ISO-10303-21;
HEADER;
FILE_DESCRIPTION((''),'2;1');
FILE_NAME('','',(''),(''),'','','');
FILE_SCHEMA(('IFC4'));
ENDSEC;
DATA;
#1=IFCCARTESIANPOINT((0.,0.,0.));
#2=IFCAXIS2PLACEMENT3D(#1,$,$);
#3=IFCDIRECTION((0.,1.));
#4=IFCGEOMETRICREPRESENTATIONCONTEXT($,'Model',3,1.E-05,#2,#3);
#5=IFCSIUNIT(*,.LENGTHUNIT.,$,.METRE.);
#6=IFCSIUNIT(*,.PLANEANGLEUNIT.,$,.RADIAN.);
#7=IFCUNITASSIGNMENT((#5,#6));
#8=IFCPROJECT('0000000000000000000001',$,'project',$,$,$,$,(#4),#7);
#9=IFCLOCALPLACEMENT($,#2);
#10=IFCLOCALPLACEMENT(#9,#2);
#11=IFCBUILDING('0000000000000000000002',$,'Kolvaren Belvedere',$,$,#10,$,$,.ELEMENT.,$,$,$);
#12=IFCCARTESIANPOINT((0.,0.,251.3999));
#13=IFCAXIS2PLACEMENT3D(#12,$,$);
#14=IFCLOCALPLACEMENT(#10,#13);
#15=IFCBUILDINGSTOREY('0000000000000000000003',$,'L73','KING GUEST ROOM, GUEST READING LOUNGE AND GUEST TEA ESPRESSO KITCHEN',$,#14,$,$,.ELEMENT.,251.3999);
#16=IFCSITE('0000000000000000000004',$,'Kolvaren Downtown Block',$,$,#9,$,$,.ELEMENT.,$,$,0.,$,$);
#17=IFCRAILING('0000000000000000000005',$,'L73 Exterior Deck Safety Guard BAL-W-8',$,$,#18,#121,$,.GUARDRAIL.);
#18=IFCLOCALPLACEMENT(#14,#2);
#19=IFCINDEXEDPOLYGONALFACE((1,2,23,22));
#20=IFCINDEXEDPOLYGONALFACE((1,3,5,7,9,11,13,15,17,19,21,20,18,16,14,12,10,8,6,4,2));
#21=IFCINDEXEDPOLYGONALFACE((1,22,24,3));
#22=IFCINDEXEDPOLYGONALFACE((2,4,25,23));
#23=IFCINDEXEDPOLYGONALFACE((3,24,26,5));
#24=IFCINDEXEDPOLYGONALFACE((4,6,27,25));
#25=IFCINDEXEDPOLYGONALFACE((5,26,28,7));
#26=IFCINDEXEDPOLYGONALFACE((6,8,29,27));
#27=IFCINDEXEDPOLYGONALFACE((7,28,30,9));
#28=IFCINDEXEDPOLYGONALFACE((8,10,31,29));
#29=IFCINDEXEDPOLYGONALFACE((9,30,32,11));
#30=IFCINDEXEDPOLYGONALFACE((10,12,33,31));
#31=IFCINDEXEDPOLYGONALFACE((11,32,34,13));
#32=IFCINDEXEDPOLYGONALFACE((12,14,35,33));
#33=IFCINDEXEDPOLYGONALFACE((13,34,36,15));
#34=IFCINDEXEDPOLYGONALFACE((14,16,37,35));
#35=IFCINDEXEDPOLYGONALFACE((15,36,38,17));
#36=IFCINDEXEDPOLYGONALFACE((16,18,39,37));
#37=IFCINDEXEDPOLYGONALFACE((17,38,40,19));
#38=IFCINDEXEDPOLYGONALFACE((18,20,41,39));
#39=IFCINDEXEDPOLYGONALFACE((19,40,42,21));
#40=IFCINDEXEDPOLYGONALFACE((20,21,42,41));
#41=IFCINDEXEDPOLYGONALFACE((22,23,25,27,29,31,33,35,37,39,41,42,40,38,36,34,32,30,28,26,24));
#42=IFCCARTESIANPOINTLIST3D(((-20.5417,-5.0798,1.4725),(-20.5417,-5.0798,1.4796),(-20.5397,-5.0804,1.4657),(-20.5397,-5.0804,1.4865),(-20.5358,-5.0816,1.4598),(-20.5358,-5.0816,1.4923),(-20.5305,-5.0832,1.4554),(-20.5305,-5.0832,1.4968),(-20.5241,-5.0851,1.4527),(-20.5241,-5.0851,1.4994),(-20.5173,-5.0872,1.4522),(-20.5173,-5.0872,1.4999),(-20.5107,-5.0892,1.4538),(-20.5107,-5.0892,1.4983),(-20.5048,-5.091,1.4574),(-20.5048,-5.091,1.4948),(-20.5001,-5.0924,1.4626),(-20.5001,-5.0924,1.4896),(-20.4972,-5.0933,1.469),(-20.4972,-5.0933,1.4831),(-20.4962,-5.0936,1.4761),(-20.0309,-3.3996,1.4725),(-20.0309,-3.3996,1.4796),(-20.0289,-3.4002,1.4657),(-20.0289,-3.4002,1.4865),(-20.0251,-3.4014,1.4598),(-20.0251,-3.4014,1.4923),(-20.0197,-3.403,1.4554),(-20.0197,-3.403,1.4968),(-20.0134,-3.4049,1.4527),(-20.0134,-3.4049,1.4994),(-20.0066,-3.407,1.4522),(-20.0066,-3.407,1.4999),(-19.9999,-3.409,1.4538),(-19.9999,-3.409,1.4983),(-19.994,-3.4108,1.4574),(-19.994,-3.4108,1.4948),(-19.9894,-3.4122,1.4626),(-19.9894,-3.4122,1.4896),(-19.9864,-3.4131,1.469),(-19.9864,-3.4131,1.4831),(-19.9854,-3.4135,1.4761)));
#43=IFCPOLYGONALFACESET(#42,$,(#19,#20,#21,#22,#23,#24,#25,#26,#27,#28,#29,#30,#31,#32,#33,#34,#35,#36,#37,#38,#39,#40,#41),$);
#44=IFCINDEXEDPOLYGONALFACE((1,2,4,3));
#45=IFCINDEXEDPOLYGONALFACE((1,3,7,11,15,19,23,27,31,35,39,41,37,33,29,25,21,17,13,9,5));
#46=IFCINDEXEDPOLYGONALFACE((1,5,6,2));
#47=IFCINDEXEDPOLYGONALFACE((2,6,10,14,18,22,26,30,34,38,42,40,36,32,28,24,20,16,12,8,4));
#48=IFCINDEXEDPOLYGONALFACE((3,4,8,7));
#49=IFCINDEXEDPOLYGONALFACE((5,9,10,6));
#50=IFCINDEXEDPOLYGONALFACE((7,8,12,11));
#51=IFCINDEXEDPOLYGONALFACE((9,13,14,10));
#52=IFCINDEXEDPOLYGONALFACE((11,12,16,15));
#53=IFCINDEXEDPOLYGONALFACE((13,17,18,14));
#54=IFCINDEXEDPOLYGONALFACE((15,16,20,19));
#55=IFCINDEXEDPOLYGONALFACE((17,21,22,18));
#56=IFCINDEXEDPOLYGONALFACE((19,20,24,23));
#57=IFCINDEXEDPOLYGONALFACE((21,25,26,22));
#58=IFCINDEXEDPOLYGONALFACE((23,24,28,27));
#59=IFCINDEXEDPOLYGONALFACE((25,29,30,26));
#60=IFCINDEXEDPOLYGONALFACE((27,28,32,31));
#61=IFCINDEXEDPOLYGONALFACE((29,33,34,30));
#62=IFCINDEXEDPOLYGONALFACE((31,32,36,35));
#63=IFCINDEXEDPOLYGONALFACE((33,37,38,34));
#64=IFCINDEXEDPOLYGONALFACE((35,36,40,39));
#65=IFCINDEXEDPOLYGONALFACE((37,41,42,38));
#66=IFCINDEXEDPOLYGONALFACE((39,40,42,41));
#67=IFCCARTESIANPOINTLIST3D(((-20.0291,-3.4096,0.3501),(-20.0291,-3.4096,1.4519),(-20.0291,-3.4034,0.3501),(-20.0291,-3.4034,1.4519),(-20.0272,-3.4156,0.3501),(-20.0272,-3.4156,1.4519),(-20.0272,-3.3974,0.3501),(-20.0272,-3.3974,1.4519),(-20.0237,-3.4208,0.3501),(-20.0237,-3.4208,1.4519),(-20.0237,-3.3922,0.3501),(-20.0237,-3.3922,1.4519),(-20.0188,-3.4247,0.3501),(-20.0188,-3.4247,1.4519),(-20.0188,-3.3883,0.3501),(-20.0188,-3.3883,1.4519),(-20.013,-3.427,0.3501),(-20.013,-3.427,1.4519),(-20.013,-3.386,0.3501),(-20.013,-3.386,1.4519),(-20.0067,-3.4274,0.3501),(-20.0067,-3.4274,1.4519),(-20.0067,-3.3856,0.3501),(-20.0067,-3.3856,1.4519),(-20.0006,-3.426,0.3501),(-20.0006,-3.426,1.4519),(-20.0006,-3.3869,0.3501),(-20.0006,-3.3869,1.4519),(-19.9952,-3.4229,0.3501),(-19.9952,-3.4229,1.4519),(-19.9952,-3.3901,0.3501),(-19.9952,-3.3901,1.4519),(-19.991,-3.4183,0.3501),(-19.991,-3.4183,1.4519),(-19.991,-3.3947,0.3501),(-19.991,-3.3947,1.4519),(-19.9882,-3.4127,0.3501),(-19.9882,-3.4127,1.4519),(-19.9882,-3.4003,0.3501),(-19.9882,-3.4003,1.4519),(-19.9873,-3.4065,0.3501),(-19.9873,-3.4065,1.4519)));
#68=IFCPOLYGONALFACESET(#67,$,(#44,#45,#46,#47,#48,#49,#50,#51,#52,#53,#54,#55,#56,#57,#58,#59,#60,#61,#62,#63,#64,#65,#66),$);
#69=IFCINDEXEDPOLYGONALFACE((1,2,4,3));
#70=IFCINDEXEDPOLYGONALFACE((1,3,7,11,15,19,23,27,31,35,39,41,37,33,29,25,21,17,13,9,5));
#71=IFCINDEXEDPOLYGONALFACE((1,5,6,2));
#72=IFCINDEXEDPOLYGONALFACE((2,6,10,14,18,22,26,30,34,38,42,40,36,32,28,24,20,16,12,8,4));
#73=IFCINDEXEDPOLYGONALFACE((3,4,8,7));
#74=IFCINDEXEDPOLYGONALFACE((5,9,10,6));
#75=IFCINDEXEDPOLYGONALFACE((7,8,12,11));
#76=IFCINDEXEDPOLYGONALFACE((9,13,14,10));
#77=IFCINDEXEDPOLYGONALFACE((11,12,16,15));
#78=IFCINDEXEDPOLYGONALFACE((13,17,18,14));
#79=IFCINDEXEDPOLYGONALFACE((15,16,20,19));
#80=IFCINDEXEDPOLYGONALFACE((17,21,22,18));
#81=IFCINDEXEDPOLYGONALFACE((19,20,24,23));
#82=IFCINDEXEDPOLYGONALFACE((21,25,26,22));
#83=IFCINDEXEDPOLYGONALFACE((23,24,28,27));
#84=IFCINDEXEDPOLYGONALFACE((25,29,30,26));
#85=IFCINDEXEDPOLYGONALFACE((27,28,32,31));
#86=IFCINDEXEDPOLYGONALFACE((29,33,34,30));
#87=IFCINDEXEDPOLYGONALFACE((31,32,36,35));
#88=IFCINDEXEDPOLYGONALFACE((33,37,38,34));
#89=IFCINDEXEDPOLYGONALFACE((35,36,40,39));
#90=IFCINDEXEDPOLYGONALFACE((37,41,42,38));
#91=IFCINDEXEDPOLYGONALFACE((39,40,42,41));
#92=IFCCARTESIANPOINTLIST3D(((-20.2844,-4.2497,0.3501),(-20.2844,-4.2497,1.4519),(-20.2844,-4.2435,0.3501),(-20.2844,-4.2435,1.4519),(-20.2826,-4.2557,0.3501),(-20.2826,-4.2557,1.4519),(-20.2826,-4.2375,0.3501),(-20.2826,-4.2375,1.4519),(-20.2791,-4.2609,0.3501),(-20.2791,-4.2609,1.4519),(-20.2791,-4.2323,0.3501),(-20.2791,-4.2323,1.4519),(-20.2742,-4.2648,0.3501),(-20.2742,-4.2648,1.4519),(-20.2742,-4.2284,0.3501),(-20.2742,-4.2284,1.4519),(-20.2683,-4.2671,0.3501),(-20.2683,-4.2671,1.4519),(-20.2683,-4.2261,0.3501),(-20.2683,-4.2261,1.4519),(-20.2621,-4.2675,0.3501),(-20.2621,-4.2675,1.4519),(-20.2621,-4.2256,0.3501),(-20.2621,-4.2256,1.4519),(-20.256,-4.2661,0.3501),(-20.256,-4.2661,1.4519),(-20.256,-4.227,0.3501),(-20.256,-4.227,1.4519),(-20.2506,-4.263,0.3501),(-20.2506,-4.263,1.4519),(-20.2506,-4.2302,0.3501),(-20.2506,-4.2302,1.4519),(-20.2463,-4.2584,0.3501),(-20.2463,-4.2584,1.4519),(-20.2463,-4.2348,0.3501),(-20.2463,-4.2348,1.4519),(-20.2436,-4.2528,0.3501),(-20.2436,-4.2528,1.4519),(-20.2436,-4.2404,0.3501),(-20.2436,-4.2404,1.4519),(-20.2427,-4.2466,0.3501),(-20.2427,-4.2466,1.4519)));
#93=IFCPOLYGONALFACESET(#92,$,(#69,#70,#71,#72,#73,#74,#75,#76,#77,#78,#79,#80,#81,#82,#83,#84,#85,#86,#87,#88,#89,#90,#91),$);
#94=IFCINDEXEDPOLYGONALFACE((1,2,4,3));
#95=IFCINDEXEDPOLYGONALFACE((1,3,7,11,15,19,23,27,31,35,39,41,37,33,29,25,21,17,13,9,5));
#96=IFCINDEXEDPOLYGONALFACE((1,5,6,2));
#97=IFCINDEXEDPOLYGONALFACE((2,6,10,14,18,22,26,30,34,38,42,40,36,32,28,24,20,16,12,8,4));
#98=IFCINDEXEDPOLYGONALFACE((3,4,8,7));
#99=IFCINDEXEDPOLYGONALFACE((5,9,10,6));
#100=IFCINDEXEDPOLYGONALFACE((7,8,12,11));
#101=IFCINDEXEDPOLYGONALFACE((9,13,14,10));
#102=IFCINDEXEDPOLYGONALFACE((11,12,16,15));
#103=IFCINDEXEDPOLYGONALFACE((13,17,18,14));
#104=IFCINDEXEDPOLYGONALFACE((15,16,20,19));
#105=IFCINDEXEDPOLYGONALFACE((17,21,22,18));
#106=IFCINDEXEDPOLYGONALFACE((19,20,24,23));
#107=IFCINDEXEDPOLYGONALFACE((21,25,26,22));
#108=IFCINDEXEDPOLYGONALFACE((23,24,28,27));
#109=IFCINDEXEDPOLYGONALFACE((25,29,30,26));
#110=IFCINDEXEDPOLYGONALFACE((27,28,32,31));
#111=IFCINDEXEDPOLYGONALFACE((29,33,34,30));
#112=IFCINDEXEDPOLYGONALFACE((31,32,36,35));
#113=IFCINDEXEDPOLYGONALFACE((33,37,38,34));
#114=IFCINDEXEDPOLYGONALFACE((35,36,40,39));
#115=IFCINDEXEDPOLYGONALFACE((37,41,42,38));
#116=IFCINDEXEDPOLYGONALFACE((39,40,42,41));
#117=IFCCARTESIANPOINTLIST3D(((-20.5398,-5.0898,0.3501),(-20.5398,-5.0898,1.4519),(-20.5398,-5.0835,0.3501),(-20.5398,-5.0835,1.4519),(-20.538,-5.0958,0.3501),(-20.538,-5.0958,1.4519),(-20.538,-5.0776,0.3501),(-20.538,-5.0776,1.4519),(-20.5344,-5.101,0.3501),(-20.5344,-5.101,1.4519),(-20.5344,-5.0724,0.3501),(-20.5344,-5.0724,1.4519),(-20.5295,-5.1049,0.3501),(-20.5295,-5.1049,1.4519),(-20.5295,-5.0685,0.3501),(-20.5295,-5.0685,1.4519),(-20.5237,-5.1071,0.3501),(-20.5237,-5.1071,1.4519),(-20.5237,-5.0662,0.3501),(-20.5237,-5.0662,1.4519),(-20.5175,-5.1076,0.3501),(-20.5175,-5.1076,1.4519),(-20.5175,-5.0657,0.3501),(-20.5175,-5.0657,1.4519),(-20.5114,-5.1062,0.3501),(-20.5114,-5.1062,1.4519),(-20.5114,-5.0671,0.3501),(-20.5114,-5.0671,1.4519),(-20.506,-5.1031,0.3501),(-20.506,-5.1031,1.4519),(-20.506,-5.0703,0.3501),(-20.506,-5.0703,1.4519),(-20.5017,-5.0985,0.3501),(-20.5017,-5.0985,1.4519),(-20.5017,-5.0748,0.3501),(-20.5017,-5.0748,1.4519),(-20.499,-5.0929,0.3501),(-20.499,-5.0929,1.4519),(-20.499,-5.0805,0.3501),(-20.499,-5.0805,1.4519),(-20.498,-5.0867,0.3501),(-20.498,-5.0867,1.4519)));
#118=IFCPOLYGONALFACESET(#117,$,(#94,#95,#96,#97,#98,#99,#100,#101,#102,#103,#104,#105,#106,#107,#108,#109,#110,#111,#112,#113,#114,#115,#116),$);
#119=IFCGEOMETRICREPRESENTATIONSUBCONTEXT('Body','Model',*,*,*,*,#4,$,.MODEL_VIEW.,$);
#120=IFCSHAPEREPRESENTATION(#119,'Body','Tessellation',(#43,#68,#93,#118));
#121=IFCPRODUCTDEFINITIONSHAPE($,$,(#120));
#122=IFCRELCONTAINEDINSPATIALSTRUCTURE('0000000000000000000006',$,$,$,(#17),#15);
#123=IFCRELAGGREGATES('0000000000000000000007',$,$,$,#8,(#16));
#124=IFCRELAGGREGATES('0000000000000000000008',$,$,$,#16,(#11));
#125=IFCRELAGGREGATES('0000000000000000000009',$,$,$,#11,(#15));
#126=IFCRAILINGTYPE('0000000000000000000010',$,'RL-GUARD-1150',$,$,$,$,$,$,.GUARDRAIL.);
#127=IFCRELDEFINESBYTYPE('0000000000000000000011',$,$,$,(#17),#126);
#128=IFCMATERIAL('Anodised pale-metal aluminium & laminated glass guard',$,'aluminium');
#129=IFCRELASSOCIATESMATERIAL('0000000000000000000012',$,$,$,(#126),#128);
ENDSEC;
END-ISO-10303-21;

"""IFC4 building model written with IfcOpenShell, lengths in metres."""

from ifc_helpers import new_model, si_unit, direction, frame, origin, origin_2d, place, context, subcontext, project, spatial, circle, extrude, material, type_object, element, save


model = new_model("IFC4")

# Units and contexts
model_context = context("Model", 3, precision=1e-05, world=origin(), true_north=direction((0.0, 1.0)))
body_context = subcontext(model_context, "Body", "Model", "MODEL_VIEW")
ifc_project = project(units=[si_unit("LENGTHUNIT", "METRE"), si_unit("PLANEANGLEUNIT", "RADIAN")], contexts=[model_context])

# Site, building, storey
site_placement = place(None, origin())
site = spatial("IfcSite", under=ifc_project, at=site_placement, Name="Kolvaren Downtown Block", CompositionType="ELEMENT", RefElevation=0.0)
building_placement = place(site_placement, origin())
building = spatial("IfcBuilding", under=site, at=building_placement, Name="Kolvaren Belvedere", CompositionType="ELEMENT")
storey_placement = place(building_placement, frame((0.0, 0.0, 251.3999)))
storey = spatial("IfcBuildingStorey", under=building, at=storey_placement, Name="L73", Description="KING GUEST ROOM, GUEST READING LOUNGE AND GUEST TEA ESPRESSO KITCHEN", CompositionType="ELEMENT", Elevation=251.3999)

# Railing
ifc_material_1 = material(Name="Anodised pale-metal aluminium & laminated glass guard", Category="aluminium")
railing_type = type_object("IfcRailingType", Name="RL-GUARD-1150", PredefinedType="GUARDRAIL", material=ifc_material_1)
railing_1_placement = place(storey_placement, frame((-20.0083, -3.4065, 0.3501)))
element("IfcRailing", 1, at=railing_1_placement, inside=storey, type_object=railing_type, Name="L73 Exterior Deck Safety Guard BAL-W-8", PredefinedType="GUARDRAIL", context=body_context, shape_type="SweptSolid", body=[
    extrude(circle(Radius=0.0239, at=origin_2d()), frame((0.0, 0.0, 1.126), z_axis=(-0.290841, -0.956771, 0.0), x_axis=(0.956771, -0.290841, 0.0)), (0.0, 0.0, 1.0), 1.7561),
    extrude(circle(Radius=0.021, at=origin_2d()), origin(), (0.0, 0.0, 1.0), 1.1018),
    extrude(circle(Radius=0.021, at=origin_2d()), frame((-0.2554, -0.8401, 0.0)), (0.0, 0.0, 1.0), 1.1018),
    extrude(circle(Radius=0.021, at=origin_2d()), frame((-0.5107, -1.6802, 0.0)), (0.0, 0.0, 1.0), 1.1018),
])

save(model, "model.ifc")
